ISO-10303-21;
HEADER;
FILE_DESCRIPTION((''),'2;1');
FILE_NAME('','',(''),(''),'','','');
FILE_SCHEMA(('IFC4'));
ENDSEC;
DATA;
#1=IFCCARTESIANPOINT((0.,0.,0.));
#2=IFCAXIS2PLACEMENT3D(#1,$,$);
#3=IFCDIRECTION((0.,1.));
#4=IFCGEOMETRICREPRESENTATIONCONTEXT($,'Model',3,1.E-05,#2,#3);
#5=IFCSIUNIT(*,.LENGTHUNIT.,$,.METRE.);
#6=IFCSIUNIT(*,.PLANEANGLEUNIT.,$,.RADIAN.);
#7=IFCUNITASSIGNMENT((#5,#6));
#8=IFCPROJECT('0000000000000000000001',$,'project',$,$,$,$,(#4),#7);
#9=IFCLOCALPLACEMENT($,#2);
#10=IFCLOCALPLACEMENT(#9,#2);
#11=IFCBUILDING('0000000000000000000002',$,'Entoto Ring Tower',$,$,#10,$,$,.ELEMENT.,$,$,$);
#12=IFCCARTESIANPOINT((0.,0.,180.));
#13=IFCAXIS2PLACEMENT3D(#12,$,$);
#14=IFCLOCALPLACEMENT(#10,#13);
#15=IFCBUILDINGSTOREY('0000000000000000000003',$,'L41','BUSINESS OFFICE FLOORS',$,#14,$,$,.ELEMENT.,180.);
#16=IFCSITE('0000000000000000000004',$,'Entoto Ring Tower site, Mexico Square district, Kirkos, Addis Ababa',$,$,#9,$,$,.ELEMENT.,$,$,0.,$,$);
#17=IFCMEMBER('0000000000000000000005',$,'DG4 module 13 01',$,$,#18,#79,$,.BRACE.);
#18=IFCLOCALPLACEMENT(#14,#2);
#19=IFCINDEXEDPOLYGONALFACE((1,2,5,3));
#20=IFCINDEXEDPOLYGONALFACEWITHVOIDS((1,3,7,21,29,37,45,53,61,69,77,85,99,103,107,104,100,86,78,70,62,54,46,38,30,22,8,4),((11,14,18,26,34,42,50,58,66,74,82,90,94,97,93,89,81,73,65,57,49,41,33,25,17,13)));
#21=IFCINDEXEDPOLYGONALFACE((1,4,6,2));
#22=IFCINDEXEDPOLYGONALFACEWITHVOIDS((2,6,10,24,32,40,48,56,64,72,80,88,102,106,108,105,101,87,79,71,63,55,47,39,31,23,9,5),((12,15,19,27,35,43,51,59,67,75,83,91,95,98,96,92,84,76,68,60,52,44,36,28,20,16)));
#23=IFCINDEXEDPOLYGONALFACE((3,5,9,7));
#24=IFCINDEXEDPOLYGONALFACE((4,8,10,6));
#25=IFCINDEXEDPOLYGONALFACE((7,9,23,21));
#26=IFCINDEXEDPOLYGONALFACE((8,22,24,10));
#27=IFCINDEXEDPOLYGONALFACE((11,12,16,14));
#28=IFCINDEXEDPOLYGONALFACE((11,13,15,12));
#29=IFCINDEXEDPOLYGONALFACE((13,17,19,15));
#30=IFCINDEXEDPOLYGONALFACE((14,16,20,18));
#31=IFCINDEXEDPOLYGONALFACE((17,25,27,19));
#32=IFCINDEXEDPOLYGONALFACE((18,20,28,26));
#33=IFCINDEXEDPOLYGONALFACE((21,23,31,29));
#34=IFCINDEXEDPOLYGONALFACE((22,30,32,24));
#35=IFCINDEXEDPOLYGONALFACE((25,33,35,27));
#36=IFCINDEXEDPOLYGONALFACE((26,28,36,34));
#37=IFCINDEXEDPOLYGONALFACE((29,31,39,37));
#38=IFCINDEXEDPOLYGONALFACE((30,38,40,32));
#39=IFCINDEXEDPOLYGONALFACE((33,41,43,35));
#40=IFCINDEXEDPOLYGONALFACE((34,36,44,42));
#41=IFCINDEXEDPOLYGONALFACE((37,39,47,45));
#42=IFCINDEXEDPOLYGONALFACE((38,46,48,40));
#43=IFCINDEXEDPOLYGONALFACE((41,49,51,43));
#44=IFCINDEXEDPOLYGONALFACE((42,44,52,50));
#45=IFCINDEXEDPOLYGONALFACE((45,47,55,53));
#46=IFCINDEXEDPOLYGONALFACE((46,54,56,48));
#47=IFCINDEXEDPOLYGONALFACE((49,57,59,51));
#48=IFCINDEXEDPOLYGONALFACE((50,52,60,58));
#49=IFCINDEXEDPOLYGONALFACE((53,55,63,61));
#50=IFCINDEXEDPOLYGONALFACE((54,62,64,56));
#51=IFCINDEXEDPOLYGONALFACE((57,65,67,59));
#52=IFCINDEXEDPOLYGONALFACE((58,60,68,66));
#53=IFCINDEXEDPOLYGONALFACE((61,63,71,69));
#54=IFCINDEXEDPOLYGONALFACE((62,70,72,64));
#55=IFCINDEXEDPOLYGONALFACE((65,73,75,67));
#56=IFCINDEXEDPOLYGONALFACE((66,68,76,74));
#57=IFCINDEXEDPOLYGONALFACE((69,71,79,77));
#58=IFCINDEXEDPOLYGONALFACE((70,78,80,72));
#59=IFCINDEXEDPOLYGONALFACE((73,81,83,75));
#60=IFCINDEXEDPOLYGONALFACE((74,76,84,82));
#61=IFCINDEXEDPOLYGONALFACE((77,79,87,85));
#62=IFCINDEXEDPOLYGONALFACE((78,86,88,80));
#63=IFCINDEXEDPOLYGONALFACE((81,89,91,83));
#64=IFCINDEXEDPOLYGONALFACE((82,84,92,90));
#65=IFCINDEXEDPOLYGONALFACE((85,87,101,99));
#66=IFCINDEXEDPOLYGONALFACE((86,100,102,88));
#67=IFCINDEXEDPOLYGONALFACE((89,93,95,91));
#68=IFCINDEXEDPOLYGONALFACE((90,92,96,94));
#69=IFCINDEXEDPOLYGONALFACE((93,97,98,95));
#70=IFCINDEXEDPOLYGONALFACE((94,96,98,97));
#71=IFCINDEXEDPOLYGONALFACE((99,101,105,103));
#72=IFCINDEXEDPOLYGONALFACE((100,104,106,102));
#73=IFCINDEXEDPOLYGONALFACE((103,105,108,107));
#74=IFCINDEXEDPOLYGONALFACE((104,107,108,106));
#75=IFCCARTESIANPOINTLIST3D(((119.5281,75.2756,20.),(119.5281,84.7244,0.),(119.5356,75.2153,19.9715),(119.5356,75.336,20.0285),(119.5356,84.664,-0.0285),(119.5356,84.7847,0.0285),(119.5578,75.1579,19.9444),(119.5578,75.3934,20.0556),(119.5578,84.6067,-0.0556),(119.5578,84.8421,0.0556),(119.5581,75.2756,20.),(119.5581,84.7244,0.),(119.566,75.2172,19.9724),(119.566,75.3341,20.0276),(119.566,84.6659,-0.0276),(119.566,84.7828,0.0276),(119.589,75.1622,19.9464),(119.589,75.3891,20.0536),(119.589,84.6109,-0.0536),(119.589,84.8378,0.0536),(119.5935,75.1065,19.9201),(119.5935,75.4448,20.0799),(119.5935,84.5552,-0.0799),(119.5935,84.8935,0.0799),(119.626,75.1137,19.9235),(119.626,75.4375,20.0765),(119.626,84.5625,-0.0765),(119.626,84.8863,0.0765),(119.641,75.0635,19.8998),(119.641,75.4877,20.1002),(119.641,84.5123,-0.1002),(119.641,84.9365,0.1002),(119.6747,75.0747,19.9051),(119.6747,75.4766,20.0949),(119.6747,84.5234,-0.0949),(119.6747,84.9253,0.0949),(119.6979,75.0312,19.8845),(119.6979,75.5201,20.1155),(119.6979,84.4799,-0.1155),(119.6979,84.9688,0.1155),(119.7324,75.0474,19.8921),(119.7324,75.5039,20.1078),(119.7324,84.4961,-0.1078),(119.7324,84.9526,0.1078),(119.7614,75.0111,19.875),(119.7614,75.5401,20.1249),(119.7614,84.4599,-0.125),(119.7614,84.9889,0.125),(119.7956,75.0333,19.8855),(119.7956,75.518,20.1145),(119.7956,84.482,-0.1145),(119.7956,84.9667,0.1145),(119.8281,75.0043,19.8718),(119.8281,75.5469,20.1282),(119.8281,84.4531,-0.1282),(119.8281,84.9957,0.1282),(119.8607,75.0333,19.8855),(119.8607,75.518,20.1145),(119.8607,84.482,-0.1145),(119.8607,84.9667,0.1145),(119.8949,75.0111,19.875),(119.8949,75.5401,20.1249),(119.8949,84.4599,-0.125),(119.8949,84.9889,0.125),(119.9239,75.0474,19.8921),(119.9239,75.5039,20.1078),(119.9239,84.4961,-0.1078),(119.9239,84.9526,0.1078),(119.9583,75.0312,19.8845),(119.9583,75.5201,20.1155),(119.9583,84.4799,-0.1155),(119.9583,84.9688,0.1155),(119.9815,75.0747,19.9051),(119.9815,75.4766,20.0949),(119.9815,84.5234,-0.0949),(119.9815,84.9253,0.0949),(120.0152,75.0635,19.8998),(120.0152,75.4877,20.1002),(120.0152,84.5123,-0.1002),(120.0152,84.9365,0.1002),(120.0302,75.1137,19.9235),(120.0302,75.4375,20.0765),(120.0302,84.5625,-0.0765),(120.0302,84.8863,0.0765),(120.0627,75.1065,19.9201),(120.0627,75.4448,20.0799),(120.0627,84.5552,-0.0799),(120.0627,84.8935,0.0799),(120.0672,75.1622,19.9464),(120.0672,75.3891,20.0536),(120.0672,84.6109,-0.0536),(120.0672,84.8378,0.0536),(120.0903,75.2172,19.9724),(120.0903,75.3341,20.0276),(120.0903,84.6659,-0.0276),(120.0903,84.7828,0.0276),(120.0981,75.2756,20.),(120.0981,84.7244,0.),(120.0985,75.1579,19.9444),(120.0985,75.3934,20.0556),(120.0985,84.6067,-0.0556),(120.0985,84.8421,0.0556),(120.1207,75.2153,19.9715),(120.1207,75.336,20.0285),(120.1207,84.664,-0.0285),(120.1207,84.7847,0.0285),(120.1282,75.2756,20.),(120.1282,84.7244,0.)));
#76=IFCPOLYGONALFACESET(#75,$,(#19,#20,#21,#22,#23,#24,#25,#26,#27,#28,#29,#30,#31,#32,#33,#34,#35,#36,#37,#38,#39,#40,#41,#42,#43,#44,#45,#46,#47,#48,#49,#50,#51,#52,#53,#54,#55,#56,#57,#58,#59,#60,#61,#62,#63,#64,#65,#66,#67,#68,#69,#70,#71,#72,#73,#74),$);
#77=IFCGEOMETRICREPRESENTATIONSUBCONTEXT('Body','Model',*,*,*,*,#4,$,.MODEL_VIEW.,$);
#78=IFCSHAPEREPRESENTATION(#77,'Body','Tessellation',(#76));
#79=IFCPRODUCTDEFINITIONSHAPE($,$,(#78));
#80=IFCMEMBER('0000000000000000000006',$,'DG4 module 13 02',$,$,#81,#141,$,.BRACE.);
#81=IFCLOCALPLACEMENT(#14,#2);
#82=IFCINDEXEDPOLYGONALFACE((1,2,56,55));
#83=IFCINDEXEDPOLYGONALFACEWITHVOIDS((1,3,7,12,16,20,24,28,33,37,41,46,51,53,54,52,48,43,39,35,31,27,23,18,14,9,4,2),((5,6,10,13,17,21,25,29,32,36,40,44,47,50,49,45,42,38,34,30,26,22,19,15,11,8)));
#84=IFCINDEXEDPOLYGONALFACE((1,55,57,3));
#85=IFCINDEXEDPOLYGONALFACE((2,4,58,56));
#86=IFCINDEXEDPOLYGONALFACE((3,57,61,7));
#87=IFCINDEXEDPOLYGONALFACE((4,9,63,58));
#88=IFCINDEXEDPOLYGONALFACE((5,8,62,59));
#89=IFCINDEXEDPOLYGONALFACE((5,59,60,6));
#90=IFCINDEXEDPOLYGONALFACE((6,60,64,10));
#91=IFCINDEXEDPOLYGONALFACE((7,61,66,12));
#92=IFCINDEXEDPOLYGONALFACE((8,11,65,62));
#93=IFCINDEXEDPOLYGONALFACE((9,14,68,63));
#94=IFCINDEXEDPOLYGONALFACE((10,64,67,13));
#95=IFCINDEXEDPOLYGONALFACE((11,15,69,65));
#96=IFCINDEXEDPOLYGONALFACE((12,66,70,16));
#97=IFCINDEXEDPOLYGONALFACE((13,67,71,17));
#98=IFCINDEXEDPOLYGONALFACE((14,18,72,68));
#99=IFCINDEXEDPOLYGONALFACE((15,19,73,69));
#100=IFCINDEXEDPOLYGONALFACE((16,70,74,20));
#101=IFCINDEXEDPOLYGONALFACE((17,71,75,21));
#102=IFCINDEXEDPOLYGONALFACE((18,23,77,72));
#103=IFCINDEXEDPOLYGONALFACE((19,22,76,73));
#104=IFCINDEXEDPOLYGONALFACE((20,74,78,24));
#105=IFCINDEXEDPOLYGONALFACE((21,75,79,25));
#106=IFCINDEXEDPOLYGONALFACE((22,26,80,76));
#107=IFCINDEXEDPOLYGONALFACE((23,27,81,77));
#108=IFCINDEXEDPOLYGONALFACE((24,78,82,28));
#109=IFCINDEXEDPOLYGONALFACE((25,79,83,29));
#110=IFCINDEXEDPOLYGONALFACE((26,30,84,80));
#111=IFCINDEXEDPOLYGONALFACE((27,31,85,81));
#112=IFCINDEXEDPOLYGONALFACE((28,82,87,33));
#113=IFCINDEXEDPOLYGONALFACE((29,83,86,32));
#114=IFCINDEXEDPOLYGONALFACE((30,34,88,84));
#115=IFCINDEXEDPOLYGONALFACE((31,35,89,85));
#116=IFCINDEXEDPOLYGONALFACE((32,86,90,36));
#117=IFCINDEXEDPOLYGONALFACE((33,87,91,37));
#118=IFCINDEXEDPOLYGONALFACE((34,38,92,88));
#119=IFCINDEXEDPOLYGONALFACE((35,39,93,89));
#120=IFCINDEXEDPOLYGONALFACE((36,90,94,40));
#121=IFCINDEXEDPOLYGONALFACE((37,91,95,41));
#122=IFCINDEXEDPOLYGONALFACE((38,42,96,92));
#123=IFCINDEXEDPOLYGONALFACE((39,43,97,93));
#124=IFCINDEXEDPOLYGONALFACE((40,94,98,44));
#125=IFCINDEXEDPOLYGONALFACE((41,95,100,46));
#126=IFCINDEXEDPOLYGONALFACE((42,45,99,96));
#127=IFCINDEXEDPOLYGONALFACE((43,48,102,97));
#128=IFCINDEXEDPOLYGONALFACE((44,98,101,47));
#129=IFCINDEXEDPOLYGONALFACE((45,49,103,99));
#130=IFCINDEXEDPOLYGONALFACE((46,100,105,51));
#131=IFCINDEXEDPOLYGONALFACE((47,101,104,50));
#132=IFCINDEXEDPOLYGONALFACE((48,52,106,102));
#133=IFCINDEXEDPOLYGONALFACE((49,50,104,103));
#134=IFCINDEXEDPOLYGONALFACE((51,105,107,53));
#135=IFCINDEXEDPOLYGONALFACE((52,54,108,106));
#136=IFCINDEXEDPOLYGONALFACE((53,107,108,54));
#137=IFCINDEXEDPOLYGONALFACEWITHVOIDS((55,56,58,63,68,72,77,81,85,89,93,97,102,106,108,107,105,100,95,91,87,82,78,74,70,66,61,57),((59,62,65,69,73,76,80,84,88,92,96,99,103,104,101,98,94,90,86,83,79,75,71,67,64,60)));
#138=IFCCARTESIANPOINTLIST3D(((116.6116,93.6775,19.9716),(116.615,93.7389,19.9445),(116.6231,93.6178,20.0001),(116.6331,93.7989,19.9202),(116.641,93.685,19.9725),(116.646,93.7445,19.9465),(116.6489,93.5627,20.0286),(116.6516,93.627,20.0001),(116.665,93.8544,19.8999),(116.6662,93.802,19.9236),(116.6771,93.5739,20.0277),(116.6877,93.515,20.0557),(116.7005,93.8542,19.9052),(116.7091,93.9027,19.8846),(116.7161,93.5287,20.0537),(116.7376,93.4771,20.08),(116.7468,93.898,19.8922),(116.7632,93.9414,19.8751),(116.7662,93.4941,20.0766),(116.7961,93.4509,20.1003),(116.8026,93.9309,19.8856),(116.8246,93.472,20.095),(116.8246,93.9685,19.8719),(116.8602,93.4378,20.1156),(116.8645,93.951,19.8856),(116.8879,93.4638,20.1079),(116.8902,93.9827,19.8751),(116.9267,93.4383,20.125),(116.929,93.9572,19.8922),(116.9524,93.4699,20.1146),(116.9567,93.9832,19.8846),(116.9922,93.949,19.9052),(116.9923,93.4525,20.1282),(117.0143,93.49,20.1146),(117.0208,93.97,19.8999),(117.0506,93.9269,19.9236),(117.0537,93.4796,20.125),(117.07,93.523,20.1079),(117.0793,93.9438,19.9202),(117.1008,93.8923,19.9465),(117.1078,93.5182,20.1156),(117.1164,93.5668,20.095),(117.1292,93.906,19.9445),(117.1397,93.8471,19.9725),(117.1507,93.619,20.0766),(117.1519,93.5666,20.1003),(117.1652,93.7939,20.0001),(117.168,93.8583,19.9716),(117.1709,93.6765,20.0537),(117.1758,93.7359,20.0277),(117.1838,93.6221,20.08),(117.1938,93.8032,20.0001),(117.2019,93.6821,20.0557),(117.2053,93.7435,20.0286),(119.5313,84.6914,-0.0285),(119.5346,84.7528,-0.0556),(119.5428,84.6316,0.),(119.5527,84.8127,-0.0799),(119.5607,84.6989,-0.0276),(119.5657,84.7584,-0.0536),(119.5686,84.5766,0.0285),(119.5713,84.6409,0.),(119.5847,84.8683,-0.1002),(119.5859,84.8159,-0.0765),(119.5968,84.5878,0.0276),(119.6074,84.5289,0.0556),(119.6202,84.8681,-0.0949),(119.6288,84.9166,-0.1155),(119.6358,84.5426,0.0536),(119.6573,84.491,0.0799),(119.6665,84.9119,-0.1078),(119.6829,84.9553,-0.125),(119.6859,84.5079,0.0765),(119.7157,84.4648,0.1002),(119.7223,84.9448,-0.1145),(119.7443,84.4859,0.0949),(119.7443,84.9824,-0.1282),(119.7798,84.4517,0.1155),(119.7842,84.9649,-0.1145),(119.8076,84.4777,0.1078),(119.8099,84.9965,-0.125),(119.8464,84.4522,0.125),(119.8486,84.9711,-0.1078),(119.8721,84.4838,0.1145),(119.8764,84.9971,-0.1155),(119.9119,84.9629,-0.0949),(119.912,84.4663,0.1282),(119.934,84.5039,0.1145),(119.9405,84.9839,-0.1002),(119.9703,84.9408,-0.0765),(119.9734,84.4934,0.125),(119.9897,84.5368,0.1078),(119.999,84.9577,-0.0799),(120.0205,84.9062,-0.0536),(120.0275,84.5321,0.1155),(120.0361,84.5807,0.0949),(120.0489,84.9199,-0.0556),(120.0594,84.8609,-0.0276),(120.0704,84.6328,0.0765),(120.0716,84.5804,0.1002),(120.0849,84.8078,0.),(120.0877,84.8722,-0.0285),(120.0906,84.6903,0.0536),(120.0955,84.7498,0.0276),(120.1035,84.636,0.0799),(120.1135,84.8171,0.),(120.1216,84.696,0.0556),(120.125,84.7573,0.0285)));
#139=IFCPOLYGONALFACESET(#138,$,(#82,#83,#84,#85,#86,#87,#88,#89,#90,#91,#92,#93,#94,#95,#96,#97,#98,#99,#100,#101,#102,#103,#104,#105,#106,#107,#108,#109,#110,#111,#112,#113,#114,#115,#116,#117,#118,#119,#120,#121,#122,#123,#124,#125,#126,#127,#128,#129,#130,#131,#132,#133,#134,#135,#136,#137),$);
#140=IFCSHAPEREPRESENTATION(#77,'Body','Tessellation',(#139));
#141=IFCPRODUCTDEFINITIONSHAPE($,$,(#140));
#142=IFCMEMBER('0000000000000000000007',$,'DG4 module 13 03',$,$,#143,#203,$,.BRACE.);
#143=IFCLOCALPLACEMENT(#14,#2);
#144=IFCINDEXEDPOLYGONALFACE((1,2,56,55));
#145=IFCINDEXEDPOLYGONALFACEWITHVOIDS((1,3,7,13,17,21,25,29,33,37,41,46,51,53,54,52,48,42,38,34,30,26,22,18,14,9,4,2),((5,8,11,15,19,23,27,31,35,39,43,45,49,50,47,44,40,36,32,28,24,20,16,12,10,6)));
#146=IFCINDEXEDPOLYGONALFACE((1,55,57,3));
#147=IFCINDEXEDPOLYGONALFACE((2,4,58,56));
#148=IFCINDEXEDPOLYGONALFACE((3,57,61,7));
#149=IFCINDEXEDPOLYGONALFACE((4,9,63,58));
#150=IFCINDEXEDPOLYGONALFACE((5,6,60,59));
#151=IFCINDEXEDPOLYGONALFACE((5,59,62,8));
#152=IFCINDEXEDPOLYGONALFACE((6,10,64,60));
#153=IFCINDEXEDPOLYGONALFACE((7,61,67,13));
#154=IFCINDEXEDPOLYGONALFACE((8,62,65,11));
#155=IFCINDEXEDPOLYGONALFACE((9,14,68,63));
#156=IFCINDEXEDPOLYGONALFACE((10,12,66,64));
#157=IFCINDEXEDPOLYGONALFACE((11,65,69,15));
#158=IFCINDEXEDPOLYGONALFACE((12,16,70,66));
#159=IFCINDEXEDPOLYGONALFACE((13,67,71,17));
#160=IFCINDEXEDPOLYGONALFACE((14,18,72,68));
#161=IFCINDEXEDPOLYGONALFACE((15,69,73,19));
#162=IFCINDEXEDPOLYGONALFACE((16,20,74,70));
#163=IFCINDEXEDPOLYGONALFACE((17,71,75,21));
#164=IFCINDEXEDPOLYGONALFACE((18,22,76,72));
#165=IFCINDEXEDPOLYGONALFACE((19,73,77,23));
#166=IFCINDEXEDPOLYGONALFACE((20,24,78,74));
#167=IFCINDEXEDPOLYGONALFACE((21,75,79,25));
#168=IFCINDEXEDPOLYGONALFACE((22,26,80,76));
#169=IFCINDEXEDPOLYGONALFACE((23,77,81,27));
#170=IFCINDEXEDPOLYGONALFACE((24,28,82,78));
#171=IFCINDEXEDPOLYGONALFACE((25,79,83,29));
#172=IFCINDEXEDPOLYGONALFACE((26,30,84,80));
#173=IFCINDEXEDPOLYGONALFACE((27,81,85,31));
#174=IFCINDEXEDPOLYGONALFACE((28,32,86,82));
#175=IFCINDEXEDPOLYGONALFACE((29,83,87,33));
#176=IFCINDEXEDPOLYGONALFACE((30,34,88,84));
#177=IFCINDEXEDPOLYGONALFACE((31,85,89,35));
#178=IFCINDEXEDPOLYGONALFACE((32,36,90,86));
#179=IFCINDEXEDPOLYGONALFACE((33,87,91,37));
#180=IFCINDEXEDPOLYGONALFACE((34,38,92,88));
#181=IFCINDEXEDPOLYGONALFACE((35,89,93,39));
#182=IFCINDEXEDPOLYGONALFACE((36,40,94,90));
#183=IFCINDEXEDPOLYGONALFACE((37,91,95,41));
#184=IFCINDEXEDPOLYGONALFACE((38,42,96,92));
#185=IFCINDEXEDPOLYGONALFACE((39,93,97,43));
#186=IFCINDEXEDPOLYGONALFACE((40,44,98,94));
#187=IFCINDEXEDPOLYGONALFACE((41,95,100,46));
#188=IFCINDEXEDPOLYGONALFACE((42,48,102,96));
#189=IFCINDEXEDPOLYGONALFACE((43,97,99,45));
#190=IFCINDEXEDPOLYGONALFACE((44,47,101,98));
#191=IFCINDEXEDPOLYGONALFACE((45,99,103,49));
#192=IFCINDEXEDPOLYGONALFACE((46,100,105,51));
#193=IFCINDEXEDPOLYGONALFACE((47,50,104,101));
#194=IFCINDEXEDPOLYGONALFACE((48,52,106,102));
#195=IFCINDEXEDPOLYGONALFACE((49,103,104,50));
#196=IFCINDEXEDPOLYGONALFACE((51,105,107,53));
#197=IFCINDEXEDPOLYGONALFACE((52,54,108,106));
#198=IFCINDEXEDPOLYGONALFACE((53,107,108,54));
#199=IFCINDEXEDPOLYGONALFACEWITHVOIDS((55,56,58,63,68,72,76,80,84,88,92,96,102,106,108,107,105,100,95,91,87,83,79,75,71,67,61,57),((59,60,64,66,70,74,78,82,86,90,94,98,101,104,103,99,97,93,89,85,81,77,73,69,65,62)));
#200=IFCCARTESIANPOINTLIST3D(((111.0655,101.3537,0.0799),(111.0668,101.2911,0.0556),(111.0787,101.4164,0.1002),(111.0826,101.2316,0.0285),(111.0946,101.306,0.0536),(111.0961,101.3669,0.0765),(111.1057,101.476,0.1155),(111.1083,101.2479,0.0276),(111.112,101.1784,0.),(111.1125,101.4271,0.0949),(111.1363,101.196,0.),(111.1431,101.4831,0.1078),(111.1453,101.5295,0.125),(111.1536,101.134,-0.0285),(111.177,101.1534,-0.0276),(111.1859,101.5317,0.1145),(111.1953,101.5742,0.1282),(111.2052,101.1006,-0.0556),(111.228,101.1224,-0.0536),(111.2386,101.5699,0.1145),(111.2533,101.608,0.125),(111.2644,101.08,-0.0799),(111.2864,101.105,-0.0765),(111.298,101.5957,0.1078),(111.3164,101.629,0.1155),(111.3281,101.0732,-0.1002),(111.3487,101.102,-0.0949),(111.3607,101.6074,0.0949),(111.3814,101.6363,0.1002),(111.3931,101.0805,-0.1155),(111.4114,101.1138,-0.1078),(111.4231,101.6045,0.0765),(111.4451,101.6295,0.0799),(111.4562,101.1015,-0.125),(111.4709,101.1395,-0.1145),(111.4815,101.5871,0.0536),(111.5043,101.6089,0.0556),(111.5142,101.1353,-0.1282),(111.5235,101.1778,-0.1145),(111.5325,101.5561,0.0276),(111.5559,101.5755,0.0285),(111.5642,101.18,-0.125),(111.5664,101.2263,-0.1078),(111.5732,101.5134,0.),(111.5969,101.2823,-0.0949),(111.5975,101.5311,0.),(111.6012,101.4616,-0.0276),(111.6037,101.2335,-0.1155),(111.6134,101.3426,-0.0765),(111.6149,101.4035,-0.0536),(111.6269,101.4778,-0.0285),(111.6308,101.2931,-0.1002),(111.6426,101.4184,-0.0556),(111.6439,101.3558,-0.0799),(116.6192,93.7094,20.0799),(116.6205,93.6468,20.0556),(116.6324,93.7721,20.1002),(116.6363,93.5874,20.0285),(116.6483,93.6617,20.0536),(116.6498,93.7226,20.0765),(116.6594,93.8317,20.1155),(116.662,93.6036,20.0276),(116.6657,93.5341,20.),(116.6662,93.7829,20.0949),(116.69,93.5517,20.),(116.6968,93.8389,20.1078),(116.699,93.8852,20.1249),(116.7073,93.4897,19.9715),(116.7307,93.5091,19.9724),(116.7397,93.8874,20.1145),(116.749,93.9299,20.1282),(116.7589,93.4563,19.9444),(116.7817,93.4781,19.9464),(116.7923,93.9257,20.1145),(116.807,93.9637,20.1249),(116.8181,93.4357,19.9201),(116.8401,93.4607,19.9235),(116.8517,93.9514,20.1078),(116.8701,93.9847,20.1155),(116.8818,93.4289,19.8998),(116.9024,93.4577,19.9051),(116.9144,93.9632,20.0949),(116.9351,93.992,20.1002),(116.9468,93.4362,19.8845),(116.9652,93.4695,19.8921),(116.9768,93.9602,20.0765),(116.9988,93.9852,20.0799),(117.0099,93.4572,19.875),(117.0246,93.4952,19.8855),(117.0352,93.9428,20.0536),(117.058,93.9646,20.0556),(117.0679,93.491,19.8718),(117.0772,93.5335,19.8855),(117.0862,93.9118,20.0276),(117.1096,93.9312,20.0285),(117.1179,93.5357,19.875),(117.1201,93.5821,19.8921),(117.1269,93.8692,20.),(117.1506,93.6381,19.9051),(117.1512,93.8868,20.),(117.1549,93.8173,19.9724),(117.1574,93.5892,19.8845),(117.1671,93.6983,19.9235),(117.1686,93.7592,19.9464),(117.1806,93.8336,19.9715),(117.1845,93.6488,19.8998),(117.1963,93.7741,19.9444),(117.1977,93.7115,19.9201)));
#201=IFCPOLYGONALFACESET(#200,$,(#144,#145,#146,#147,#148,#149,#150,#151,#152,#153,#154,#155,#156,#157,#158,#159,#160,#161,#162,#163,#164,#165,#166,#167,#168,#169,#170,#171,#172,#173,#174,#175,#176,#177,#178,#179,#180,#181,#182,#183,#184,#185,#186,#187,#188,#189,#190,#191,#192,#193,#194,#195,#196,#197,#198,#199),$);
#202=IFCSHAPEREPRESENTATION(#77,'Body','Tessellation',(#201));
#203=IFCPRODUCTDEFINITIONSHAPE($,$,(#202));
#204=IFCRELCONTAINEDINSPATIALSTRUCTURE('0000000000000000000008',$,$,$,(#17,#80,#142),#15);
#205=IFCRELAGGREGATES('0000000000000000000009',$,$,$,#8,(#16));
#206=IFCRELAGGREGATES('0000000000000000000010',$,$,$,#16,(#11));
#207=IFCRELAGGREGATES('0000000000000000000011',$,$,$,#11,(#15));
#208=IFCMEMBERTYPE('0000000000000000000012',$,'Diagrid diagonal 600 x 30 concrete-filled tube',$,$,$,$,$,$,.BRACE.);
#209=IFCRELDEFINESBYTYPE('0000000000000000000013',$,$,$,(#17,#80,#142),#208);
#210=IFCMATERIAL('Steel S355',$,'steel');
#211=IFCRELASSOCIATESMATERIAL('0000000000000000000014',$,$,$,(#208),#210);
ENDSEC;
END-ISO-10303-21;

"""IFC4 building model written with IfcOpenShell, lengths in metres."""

from ifc_helpers import new_model, si_unit, direction, frame, origin, origin_2d, place, context, subcontext, project, spatial, circle, hollow_circle, extrude, material, material_profile, profile_set, type_object, element, save


model = new_model("IFC4")

# Units and contexts
model_context = context("Model", 3, precision=1e-05, world=origin(), true_north=direction((0.0, 1.0)))
body_context = subcontext(model_context, "Body", "Model", "MODEL_VIEW")
ifc_project = project(units=[si_unit("LENGTHUNIT", "METRE"), si_unit("PLANEANGLEUNIT", "RADIAN")], contexts=[model_context])

# Site, building, storey
site_placement = place(None, origin())
site = spatial("IfcSite", under=ifc_project, at=site_placement, Name="Entoto Ring Tower site, Mexico Square district, Kirkos, Addis Ababa", CompositionType="ELEMENT", RefElevation=0.0)
building_placement = place(site_placement, origin())
building = spatial("IfcBuilding", under=site, at=building_placement, Name="Entoto Ring Tower", CompositionType="ELEMENT")
storey_placement = place(building_placement, frame((0.0, 0.0, 180.0)))
storey = spatial("IfcBuildingStorey", under=building, at=storey_placement, Name="L41", Description="BUSINESS OFFICE FLOORS", CompositionType="ELEMENT", Elevation=180.0)

# Members
ifc_material_1 = material(Name="Steel S355", Category="steel")
ifc_material_profile_1 = material_profile(ifc_material_1, hollow_circle(Radius=0.3, WallThickness=0.03, at=origin_2d()), Name="CHS 600 x 30")
ifc_material_2 = material(Name="Concrete C60/75", Category="concrete")
ifc_material_profile_2 = material_profile(ifc_material_2, circle(Radius=0.27, at=origin_2d()), Name="Concrete C60/75 infill")
ifc_profile_set_1 = profile_set([ifc_material_profile_1, ifc_material_profile_2], Name="Steel S355")
member_type_1 = type_object("IfcMemberType", Name="Diagrid diagonal 600 x 30 concrete-filled tube", PredefinedType="BRACE", material=ifc_profile_set_1)
for number, where, z_axis, x_axis, name in (
    (1, (119.8281, 84.7244, 0.0), (0.0, -0.427165, 0.904174), (1.0, 0.0, 0.0), "DG4 module 13 01"),
    (2, (119.8281, 84.7244, 0.0), (-0.131995, 0.406251, 0.904178), (-0.951059, -0.30901, 0.0), "DG4 module 13 02"),
    (3, (111.3547, 101.3547, 0.0), (0.251076, -0.345588, 0.904174), (0.809026, 0.587772, 0.0), "DG4 module 13 03"),
):
    element("IfcMember", number, at=place(storey_placement, frame(where, z_axis=z_axis, x_axis=x_axis)), inside=storey, type_object=member_type_1, Name=name, PredefinedType="BRACE", context=body_context, shape_type="SweptSolid", body=[
        extrude(hollow_circle(Radius=0.3, WallThickness=0.03, at=origin_2d()), origin(), (0.0, 0.0, 1.0), 22.1196),
    ])

save(model, "model.ifc")
